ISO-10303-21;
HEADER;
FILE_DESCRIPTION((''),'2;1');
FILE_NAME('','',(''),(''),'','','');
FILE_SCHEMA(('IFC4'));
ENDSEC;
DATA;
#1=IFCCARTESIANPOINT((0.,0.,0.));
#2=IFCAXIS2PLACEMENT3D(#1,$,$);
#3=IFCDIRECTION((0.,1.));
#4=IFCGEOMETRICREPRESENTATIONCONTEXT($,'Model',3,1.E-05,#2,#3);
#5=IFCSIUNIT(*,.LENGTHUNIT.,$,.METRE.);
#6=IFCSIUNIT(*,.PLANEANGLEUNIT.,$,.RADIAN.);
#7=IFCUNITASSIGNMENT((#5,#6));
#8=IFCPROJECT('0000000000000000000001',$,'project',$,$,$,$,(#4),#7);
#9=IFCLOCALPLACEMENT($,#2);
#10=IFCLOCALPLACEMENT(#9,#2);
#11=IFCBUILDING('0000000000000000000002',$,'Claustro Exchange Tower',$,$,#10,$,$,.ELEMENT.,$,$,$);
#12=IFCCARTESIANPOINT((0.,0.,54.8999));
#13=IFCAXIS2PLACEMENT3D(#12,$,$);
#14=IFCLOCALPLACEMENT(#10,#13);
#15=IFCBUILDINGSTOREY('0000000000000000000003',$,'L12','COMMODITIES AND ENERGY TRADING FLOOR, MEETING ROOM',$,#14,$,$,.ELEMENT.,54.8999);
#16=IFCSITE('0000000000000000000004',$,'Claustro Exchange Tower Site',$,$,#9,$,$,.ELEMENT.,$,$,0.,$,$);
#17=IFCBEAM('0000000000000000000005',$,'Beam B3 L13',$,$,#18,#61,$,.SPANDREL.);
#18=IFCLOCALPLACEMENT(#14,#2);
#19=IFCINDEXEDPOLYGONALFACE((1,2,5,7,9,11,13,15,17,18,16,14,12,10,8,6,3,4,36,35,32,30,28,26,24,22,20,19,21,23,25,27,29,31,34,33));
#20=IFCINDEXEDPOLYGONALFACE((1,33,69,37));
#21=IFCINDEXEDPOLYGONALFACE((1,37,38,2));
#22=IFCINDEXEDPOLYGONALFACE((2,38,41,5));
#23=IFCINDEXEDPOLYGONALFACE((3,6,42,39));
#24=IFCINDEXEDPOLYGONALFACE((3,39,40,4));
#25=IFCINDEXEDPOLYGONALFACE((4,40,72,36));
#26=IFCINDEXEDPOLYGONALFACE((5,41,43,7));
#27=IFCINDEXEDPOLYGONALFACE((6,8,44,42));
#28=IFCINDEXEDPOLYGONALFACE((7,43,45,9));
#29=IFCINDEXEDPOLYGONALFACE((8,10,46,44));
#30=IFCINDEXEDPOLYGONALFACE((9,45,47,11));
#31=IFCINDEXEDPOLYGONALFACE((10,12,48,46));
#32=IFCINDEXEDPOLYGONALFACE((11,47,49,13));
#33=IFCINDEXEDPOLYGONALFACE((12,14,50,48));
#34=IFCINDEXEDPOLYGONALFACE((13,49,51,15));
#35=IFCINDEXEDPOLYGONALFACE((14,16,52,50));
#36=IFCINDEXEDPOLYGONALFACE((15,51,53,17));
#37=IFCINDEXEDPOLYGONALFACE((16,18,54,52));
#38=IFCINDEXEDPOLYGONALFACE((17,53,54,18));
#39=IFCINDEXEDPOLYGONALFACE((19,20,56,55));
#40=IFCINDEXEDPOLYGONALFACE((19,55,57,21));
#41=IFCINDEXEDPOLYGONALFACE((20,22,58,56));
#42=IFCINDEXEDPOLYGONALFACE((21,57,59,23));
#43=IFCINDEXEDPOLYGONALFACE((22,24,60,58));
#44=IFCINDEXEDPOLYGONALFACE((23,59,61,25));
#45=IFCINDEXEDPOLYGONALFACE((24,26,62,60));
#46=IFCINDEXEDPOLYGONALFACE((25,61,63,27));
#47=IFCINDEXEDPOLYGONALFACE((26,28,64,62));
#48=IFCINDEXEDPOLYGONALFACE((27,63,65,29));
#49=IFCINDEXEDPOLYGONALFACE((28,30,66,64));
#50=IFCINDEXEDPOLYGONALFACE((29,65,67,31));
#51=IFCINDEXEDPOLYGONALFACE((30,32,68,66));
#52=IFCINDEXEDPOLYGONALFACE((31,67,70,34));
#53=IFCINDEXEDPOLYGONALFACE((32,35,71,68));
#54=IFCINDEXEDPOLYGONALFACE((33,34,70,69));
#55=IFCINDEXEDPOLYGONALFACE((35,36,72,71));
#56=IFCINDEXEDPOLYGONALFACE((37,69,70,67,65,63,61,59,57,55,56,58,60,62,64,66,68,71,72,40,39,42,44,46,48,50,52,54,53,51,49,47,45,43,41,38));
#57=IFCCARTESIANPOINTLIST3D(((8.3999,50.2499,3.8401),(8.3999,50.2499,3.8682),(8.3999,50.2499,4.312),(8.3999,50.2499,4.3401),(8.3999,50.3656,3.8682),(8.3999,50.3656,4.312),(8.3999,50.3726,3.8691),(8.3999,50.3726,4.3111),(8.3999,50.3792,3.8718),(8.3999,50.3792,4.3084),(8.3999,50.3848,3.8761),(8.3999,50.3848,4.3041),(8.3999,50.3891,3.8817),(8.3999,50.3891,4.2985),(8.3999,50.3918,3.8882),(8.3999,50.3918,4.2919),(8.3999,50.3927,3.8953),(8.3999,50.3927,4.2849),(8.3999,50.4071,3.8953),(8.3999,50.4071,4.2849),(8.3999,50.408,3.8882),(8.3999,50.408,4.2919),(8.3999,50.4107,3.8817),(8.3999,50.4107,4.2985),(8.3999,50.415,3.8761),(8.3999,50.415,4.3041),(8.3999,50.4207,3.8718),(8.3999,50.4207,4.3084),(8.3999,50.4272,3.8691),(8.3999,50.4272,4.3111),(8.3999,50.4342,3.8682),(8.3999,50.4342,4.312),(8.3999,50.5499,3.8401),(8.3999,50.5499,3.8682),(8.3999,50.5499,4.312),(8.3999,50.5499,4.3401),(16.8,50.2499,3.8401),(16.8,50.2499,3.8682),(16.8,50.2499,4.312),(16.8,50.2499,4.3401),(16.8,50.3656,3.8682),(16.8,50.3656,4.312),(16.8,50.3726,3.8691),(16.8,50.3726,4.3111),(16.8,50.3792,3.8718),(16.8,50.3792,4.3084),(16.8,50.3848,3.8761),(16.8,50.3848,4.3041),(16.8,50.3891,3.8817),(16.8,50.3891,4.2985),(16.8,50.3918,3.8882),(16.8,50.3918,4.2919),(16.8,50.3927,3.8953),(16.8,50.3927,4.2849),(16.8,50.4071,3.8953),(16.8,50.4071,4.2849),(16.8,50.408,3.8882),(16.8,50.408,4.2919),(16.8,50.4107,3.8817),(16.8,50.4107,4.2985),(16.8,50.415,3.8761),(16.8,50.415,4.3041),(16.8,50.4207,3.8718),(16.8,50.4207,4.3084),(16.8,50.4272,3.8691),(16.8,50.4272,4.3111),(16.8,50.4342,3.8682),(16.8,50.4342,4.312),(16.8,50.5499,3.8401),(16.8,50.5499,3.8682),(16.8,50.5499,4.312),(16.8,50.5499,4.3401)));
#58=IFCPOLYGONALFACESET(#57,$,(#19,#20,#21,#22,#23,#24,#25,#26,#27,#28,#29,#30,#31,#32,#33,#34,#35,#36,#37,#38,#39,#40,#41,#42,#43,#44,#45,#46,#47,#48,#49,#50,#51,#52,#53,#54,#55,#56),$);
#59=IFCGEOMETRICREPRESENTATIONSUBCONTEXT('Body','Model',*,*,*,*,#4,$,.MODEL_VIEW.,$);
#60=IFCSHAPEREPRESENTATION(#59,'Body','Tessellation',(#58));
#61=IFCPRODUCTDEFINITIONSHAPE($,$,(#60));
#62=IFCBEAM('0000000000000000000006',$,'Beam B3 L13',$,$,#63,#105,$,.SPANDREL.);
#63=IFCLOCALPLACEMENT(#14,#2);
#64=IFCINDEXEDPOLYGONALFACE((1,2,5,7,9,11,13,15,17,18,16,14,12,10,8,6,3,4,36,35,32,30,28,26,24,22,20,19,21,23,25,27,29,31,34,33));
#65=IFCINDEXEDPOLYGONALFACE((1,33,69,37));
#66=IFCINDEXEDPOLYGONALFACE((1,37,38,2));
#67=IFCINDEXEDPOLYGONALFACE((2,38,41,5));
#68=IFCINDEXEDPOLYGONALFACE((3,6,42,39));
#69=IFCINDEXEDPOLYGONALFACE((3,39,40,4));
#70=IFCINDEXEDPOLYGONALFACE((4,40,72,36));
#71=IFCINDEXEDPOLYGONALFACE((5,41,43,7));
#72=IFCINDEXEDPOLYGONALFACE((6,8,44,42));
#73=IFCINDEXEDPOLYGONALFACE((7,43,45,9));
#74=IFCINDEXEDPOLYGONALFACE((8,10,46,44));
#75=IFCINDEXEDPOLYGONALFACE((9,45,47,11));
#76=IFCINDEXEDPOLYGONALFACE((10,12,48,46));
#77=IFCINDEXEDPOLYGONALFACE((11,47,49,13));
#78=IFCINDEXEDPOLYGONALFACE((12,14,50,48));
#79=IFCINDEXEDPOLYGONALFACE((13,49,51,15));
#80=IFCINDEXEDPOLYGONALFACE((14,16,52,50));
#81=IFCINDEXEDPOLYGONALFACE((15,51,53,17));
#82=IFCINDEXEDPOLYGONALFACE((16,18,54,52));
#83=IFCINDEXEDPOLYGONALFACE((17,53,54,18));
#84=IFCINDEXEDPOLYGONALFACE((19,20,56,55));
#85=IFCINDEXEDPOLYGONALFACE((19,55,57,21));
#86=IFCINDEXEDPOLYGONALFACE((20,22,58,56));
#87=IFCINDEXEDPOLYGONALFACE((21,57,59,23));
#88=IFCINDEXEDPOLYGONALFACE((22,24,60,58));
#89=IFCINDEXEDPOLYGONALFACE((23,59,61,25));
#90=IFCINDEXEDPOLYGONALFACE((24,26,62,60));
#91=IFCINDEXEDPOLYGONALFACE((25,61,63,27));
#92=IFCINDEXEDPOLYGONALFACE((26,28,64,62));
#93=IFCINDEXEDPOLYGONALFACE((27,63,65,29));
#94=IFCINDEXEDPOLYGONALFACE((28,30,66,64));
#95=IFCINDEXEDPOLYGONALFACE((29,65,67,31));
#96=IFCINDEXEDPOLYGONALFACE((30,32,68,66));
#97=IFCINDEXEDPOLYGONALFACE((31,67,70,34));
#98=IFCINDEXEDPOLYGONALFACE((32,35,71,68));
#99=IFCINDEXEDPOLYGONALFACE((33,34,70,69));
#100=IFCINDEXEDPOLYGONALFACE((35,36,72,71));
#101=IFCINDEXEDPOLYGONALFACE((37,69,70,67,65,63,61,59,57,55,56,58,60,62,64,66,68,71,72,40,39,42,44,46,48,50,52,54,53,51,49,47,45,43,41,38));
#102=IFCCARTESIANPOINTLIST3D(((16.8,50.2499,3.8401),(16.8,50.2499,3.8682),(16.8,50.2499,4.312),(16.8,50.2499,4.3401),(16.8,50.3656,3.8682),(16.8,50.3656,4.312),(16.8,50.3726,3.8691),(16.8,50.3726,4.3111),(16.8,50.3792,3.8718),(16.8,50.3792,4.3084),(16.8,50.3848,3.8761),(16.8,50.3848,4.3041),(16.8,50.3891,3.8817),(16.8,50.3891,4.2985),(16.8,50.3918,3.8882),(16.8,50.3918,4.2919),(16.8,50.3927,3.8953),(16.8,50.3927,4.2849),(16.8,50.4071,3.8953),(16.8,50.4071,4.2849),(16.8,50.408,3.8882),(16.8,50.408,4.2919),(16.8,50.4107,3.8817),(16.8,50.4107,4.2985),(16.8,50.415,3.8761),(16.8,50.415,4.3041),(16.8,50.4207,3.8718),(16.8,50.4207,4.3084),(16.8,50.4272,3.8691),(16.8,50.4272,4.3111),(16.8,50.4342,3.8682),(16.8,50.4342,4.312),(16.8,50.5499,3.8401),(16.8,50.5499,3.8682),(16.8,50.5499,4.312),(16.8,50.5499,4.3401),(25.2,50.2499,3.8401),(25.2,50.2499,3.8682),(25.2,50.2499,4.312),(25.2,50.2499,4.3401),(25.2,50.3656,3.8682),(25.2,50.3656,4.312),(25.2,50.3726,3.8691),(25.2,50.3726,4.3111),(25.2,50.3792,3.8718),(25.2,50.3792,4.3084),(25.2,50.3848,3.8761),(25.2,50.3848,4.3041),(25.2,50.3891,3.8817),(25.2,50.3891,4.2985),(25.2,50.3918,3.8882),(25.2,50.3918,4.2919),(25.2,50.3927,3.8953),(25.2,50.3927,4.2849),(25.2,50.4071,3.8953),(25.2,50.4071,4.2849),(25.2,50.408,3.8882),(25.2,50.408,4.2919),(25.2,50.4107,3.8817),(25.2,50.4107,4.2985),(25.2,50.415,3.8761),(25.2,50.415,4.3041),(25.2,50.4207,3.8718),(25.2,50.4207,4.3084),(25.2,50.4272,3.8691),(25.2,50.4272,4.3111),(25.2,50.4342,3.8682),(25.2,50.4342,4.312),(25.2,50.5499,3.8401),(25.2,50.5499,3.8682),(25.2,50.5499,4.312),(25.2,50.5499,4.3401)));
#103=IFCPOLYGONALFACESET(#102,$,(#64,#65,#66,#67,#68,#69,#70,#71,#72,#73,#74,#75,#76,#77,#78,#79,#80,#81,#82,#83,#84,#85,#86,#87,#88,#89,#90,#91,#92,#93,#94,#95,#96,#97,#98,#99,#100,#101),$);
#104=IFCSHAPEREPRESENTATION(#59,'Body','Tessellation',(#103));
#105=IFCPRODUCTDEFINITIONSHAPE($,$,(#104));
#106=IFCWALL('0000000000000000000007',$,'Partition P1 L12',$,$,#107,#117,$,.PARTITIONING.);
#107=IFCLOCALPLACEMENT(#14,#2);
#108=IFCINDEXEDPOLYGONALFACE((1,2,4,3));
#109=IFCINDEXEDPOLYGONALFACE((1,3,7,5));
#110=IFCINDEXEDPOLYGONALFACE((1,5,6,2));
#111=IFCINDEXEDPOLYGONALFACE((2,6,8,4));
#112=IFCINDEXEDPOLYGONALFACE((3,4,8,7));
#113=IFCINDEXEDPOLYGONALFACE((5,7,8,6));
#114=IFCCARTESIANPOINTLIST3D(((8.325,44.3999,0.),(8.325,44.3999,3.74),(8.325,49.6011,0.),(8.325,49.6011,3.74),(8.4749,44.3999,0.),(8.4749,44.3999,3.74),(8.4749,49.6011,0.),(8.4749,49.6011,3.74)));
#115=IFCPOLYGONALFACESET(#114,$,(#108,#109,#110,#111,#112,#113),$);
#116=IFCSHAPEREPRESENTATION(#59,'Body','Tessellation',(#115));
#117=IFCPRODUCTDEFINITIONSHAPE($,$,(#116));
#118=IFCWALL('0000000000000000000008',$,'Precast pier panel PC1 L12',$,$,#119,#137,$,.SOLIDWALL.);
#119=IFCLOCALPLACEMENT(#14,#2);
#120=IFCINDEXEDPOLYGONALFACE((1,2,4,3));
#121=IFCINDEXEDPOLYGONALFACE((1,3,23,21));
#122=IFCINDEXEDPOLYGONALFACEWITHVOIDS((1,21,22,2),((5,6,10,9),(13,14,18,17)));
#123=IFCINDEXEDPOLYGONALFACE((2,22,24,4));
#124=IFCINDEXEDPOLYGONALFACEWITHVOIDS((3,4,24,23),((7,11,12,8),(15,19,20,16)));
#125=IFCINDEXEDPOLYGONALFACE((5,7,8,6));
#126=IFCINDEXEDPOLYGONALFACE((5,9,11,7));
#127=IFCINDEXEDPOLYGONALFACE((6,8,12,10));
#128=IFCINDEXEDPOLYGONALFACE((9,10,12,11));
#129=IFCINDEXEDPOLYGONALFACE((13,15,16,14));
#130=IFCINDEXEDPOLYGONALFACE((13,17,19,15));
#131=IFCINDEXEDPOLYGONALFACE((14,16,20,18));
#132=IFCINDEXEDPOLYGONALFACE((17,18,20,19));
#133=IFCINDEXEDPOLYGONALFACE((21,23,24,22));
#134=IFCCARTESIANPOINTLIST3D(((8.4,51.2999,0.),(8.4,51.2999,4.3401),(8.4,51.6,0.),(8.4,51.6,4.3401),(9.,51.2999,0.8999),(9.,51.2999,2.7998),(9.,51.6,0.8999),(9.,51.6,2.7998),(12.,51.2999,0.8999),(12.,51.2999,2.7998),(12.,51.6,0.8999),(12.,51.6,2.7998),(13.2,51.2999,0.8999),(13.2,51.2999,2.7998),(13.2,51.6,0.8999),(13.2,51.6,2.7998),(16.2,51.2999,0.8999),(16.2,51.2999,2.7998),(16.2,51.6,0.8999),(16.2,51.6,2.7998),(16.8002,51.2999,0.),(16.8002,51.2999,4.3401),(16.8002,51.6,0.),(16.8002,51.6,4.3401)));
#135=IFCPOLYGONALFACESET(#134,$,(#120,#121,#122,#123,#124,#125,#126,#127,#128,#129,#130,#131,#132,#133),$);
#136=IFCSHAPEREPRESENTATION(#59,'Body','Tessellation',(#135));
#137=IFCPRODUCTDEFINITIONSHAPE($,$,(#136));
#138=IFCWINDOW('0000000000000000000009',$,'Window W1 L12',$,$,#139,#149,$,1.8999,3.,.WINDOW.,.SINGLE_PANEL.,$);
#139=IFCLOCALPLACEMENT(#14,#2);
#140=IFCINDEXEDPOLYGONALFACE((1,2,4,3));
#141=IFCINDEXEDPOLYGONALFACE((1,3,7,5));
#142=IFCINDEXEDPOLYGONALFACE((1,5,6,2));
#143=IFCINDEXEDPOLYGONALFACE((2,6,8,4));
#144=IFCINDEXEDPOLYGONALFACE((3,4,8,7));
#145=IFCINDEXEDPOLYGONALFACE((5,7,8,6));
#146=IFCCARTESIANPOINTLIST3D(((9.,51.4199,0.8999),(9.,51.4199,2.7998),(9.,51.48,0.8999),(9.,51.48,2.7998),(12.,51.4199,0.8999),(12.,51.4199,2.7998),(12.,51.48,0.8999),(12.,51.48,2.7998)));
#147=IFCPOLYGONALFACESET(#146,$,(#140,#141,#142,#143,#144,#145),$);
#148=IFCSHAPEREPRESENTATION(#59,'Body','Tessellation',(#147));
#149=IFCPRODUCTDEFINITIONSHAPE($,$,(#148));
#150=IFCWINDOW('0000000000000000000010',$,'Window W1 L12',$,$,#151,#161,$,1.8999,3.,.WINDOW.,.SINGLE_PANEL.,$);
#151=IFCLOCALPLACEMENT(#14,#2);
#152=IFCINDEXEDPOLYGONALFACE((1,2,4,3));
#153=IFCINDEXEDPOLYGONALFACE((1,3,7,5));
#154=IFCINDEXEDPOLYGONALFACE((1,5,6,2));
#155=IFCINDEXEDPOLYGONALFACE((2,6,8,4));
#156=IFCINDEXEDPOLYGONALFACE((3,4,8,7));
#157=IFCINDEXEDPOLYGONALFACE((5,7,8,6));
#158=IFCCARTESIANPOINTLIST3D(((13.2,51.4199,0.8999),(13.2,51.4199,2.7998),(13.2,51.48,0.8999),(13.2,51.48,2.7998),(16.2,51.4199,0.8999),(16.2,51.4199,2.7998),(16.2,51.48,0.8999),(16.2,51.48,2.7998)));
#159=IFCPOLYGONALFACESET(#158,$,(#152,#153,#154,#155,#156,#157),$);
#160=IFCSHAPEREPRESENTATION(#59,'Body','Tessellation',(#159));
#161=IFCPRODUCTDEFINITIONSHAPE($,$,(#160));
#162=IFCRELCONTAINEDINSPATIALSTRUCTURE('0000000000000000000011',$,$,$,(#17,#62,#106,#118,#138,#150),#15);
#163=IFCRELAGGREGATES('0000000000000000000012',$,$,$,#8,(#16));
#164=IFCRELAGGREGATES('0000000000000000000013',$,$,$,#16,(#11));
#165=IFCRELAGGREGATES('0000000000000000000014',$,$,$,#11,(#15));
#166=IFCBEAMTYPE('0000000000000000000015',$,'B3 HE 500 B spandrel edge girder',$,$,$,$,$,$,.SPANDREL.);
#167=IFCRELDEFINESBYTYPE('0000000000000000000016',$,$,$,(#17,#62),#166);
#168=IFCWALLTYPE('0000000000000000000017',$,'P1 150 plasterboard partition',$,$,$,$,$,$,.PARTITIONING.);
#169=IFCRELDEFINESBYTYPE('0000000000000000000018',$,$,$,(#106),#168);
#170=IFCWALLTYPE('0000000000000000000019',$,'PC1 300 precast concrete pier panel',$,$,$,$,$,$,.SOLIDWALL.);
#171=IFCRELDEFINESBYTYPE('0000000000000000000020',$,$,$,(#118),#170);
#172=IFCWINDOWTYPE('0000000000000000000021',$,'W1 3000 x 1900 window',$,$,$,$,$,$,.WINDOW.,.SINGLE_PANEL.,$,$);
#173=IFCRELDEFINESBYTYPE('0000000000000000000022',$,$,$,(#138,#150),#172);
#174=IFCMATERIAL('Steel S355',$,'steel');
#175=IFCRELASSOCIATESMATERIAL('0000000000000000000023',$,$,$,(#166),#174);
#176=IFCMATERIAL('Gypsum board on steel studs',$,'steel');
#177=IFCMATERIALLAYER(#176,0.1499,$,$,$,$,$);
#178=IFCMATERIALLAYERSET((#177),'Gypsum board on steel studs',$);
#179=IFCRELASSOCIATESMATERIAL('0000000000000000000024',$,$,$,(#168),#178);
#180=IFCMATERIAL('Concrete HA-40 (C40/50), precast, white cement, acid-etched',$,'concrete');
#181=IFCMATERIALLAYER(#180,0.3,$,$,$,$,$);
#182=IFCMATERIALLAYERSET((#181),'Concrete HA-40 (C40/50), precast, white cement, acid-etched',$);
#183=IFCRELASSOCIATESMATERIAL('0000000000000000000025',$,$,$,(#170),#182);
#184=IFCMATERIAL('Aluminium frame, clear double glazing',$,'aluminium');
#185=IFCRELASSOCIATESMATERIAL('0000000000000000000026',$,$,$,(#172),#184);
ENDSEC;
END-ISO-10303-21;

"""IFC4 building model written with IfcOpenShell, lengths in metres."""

from ifc_helpers import new_model, si_unit, direction, frame, frame_2d, origin, origin_2d, place, context, subcontext, project, spatial, rectangle, i_section, extrude, material, layer, layer_set, material_profile, profile_set, type_object, element, fill, save


model = new_model("IFC4")

# Units and contexts
model_context = context("Model", 3, precision=1e-05, world=origin(), true_north=direction((0.0, 1.0)))
body_context = subcontext(model_context, "Body", "Model", "MODEL_VIEW")
ifc_project = project(units=[si_unit("LENGTHUNIT", "METRE"), si_unit("PLANEANGLEUNIT", "RADIAN")], contexts=[model_context])

# Site, building, storey
site_placement = place(None, origin())
site = spatial("IfcSite", under=ifc_project, at=site_placement, Name="Claustro Exchange Tower Site", CompositionType="ELEMENT", RefElevation=0.0)
building_placement = place(site_placement, origin())
building = spatial("IfcBuilding", under=site, at=building_placement, Name="Claustro Exchange Tower", CompositionType="ELEMENT")
storey_placement = place(building_placement, frame((0.0, 0.0, 54.8999)))
storey = spatial("IfcBuildingStorey", under=building, at=storey_placement, Name="L12", Description="COMMODITIES AND ENERGY TRADING FLOOR, MEETING ROOM", CompositionType="ELEMENT", Elevation=54.8999)

# Beams
ifc_material_1 = material(Name="Steel S355", Category="steel")
ifc_material_profile_1 = material_profile(ifc_material_1, i_section(OverallWidth=0.3, OverallDepth=0.5, WebThickness=0.0144, FlangeThickness=0.0281, FilletRadius=0.0271, at=origin_2d()), Name="HE 500 B")
ifc_profile_set_1 = profile_set([ifc_material_profile_1], Name="Steel S355")
beam_type_1 = type_object("IfcBeamType", Name="B3 HE 500 B spandrel edge girder", PredefinedType="SPANDREL", material=ifc_profile_set_1)
beam_1_placement = place(storey_placement, frame((8.3999, 50.3999, 4.0901), z_axis=(1.0, 0.0, 0.0), x_axis=(0.0, 1.0, 0.0)))
element("IfcBeam", 1, at=beam_1_placement, inside=storey, type_object=beam_type_1, Name="Beam B3 L13", PredefinedType="SPANDREL", context=body_context, shape_type="SweptSolid", body=[
    extrude(i_section(OverallWidth=0.3, OverallDepth=0.5, WebThickness=0.0144, FlangeThickness=0.0281, FilletRadius=0.0271, at=origin_2d()), origin(), (0.0, 0.0, 1.0), 8.4001),
])
beam_2_placement = place(storey_placement, frame((16.8, 50.3999, 4.0901), z_axis=(1.0, 0.0, 0.0), x_axis=(0.0, 1.0, 0.0)))
element("IfcBeam", 2, at=beam_2_placement, inside=storey, type_object=beam_type_1, Name="Beam B3 L13", PredefinedType="SPANDREL", context=body_context, shape_type="SweptSolid", body=[
    extrude(i_section(OverallWidth=0.3, OverallDepth=0.5, WebThickness=0.0144, FlangeThickness=0.0281, FilletRadius=0.0271, at=origin_2d()), origin(), (0.0, 0.0, 1.0), 8.3999),
])

# Wall
ifc_material_2 = material(Name="Gypsum board on steel studs", Category="steel")
ifc_layer_1 = layer(ifc_material_2, 0.1499)
ifc_layer_set_1 = layer_set([ifc_layer_1], Name="Gypsum board on steel studs")
wall_type_1 = type_object("IfcWallType", Name="P1 150 plasterboard partition", PredefinedType="PARTITIONING", material=ifc_layer_set_1)
wall_1_placement = place(storey_placement, frame((8.3999, 44.3999, 0.0), z_axis=(0.0, 0.0, 1.0), x_axis=(0.0, 1.0, 0.0)))
element("IfcWall", 3, at=wall_1_placement, inside=storey, type_object=wall_type_1, Name="Partition P1 L12", PredefinedType="PARTITIONING", context=body_context, shape_type="SweptSolid", body=[
    extrude(rectangle(XDim=5.2012, YDim=0.1499, at=frame_2d((2.6006, 0.0))), origin(), (0.0, 0.0, 1.0), 3.74),
])

# Wall, openings, windows
ifc_material_3 = material(Name="Concrete HA-40 (C40/50), precast, white cement, acid-etched", Category="concrete")
ifc_layer_2 = layer(ifc_material_3, 0.3)
ifc_layer_set_2 = layer_set([ifc_layer_2], Name="Concrete HA-40 (C40/50), precast, white cement, acid-etched")
wall_type_2 = type_object("IfcWallType", Name="PC1 300 precast concrete pier panel", PredefinedType="SOLIDWALL", material=ifc_layer_set_2)
wall_2_placement = place(storey_placement, frame((8.3999, 51.45, 0.0), z_axis=(0.0, 0.0, 1.0), x_axis=(1.0, 0.0, 0.0)))
wall_2 = element("IfcWall", 4, at=wall_2_placement, inside=storey, type_object=wall_type_2, Name="Precast pier panel PC1 L12", PredefinedType="SOLIDWALL", context=body_context, shape_type="SweptSolid", body=[
    extrude(rectangle(XDim=8.4001, YDim=0.3, at=frame_2d((4.2002, 0.0))), origin(), (0.0, 0.0, 1.0), 4.3401),
])
opening_1_placement = place(wall_2_placement, frame((0.6001, 0.0, 0.8999)))
opening_1 = element("IfcOpeningElement", 5, at=opening_1_placement, cuts=wall_2, PredefinedType="OPENING", context=body_context, shape_type="SweptSolid", body=[
    extrude(rectangle(XDim=3.0, YDim=1.8999, at=frame_2d((1.5, 0.95))), frame((0.0, 0.1599, 0.0), z_axis=(0.0, -1.0, 0.0), x_axis=(1.0, 0.0, 0.0)), (0.0, 0.0, 1.0), 0.3201),
])
opening_2_placement = place(wall_2_placement, frame((4.8, 0.0, 0.8999)))
opening_2 = element("IfcOpeningElement", 6, at=opening_2_placement, cuts=wall_2, PredefinedType="OPENING", context=body_context, shape_type="SweptSolid", body=[
    extrude(rectangle(XDim=3.0, YDim=1.8999, at=frame_2d((1.5, 0.95))), frame((0.0, 0.1599, 0.0), z_axis=(0.0, -1.0, 0.0), x_axis=(1.0, 0.0, 0.0)), (0.0, 0.0, 1.0), 0.3201),
])
ifc_material_4 = material(Name="Aluminium frame, clear double glazing", Category="aluminium")
window_type = type_object("IfcWindowType", Name="W1 3000 x 1900 window", PartitioningType="SINGLE_PANEL", PredefinedType="WINDOW", material=ifc_material_4)
window_1_placement = place(opening_1_placement, origin())
window_1 = element("IfcWindow", 7, at=window_1_placement, inside=storey, type_object=window_type, Name="Window W1 L12", OverallHeight=1.8999, OverallWidth=3.0, PartitioningType="SINGLE_PANEL", PredefinedType="WINDOW", context=body_context, shape_type="SweptSolid", body=[
    extrude(rectangle(XDim=3.0, YDim=1.8999, at=frame_2d((1.5, 0.95))), frame((0.0, 0.03, 0.0), z_axis=(0.0, -1.0, 0.0), x_axis=(1.0, 0.0, 0.0)), (0.0, 0.0, 1.0), 0.0601),
])
fill(opening_1, window_1)
window_2_placement = place(opening_2_placement, origin())
window_2 = element("IfcWindow", 8, at=window_2_placement, inside=storey, type_object=window_type, Name="Window W1 L12", OverallHeight=1.8999, OverallWidth=3.0, PartitioningType="SINGLE_PANEL", PredefinedType="WINDOW", context=body_context, shape_type="SweptSolid", body=[
    extrude(rectangle(XDim=3.0, YDim=1.8999, at=frame_2d((1.5, 0.95))), frame((0.0, 0.03, 0.0), z_axis=(0.0, -1.0, 0.0), x_axis=(1.0, 0.0, 0.0)), (0.0, 0.0, 1.0), 0.0601),
])
fill(opening_2, window_2)

save(model, "model.ifc")
